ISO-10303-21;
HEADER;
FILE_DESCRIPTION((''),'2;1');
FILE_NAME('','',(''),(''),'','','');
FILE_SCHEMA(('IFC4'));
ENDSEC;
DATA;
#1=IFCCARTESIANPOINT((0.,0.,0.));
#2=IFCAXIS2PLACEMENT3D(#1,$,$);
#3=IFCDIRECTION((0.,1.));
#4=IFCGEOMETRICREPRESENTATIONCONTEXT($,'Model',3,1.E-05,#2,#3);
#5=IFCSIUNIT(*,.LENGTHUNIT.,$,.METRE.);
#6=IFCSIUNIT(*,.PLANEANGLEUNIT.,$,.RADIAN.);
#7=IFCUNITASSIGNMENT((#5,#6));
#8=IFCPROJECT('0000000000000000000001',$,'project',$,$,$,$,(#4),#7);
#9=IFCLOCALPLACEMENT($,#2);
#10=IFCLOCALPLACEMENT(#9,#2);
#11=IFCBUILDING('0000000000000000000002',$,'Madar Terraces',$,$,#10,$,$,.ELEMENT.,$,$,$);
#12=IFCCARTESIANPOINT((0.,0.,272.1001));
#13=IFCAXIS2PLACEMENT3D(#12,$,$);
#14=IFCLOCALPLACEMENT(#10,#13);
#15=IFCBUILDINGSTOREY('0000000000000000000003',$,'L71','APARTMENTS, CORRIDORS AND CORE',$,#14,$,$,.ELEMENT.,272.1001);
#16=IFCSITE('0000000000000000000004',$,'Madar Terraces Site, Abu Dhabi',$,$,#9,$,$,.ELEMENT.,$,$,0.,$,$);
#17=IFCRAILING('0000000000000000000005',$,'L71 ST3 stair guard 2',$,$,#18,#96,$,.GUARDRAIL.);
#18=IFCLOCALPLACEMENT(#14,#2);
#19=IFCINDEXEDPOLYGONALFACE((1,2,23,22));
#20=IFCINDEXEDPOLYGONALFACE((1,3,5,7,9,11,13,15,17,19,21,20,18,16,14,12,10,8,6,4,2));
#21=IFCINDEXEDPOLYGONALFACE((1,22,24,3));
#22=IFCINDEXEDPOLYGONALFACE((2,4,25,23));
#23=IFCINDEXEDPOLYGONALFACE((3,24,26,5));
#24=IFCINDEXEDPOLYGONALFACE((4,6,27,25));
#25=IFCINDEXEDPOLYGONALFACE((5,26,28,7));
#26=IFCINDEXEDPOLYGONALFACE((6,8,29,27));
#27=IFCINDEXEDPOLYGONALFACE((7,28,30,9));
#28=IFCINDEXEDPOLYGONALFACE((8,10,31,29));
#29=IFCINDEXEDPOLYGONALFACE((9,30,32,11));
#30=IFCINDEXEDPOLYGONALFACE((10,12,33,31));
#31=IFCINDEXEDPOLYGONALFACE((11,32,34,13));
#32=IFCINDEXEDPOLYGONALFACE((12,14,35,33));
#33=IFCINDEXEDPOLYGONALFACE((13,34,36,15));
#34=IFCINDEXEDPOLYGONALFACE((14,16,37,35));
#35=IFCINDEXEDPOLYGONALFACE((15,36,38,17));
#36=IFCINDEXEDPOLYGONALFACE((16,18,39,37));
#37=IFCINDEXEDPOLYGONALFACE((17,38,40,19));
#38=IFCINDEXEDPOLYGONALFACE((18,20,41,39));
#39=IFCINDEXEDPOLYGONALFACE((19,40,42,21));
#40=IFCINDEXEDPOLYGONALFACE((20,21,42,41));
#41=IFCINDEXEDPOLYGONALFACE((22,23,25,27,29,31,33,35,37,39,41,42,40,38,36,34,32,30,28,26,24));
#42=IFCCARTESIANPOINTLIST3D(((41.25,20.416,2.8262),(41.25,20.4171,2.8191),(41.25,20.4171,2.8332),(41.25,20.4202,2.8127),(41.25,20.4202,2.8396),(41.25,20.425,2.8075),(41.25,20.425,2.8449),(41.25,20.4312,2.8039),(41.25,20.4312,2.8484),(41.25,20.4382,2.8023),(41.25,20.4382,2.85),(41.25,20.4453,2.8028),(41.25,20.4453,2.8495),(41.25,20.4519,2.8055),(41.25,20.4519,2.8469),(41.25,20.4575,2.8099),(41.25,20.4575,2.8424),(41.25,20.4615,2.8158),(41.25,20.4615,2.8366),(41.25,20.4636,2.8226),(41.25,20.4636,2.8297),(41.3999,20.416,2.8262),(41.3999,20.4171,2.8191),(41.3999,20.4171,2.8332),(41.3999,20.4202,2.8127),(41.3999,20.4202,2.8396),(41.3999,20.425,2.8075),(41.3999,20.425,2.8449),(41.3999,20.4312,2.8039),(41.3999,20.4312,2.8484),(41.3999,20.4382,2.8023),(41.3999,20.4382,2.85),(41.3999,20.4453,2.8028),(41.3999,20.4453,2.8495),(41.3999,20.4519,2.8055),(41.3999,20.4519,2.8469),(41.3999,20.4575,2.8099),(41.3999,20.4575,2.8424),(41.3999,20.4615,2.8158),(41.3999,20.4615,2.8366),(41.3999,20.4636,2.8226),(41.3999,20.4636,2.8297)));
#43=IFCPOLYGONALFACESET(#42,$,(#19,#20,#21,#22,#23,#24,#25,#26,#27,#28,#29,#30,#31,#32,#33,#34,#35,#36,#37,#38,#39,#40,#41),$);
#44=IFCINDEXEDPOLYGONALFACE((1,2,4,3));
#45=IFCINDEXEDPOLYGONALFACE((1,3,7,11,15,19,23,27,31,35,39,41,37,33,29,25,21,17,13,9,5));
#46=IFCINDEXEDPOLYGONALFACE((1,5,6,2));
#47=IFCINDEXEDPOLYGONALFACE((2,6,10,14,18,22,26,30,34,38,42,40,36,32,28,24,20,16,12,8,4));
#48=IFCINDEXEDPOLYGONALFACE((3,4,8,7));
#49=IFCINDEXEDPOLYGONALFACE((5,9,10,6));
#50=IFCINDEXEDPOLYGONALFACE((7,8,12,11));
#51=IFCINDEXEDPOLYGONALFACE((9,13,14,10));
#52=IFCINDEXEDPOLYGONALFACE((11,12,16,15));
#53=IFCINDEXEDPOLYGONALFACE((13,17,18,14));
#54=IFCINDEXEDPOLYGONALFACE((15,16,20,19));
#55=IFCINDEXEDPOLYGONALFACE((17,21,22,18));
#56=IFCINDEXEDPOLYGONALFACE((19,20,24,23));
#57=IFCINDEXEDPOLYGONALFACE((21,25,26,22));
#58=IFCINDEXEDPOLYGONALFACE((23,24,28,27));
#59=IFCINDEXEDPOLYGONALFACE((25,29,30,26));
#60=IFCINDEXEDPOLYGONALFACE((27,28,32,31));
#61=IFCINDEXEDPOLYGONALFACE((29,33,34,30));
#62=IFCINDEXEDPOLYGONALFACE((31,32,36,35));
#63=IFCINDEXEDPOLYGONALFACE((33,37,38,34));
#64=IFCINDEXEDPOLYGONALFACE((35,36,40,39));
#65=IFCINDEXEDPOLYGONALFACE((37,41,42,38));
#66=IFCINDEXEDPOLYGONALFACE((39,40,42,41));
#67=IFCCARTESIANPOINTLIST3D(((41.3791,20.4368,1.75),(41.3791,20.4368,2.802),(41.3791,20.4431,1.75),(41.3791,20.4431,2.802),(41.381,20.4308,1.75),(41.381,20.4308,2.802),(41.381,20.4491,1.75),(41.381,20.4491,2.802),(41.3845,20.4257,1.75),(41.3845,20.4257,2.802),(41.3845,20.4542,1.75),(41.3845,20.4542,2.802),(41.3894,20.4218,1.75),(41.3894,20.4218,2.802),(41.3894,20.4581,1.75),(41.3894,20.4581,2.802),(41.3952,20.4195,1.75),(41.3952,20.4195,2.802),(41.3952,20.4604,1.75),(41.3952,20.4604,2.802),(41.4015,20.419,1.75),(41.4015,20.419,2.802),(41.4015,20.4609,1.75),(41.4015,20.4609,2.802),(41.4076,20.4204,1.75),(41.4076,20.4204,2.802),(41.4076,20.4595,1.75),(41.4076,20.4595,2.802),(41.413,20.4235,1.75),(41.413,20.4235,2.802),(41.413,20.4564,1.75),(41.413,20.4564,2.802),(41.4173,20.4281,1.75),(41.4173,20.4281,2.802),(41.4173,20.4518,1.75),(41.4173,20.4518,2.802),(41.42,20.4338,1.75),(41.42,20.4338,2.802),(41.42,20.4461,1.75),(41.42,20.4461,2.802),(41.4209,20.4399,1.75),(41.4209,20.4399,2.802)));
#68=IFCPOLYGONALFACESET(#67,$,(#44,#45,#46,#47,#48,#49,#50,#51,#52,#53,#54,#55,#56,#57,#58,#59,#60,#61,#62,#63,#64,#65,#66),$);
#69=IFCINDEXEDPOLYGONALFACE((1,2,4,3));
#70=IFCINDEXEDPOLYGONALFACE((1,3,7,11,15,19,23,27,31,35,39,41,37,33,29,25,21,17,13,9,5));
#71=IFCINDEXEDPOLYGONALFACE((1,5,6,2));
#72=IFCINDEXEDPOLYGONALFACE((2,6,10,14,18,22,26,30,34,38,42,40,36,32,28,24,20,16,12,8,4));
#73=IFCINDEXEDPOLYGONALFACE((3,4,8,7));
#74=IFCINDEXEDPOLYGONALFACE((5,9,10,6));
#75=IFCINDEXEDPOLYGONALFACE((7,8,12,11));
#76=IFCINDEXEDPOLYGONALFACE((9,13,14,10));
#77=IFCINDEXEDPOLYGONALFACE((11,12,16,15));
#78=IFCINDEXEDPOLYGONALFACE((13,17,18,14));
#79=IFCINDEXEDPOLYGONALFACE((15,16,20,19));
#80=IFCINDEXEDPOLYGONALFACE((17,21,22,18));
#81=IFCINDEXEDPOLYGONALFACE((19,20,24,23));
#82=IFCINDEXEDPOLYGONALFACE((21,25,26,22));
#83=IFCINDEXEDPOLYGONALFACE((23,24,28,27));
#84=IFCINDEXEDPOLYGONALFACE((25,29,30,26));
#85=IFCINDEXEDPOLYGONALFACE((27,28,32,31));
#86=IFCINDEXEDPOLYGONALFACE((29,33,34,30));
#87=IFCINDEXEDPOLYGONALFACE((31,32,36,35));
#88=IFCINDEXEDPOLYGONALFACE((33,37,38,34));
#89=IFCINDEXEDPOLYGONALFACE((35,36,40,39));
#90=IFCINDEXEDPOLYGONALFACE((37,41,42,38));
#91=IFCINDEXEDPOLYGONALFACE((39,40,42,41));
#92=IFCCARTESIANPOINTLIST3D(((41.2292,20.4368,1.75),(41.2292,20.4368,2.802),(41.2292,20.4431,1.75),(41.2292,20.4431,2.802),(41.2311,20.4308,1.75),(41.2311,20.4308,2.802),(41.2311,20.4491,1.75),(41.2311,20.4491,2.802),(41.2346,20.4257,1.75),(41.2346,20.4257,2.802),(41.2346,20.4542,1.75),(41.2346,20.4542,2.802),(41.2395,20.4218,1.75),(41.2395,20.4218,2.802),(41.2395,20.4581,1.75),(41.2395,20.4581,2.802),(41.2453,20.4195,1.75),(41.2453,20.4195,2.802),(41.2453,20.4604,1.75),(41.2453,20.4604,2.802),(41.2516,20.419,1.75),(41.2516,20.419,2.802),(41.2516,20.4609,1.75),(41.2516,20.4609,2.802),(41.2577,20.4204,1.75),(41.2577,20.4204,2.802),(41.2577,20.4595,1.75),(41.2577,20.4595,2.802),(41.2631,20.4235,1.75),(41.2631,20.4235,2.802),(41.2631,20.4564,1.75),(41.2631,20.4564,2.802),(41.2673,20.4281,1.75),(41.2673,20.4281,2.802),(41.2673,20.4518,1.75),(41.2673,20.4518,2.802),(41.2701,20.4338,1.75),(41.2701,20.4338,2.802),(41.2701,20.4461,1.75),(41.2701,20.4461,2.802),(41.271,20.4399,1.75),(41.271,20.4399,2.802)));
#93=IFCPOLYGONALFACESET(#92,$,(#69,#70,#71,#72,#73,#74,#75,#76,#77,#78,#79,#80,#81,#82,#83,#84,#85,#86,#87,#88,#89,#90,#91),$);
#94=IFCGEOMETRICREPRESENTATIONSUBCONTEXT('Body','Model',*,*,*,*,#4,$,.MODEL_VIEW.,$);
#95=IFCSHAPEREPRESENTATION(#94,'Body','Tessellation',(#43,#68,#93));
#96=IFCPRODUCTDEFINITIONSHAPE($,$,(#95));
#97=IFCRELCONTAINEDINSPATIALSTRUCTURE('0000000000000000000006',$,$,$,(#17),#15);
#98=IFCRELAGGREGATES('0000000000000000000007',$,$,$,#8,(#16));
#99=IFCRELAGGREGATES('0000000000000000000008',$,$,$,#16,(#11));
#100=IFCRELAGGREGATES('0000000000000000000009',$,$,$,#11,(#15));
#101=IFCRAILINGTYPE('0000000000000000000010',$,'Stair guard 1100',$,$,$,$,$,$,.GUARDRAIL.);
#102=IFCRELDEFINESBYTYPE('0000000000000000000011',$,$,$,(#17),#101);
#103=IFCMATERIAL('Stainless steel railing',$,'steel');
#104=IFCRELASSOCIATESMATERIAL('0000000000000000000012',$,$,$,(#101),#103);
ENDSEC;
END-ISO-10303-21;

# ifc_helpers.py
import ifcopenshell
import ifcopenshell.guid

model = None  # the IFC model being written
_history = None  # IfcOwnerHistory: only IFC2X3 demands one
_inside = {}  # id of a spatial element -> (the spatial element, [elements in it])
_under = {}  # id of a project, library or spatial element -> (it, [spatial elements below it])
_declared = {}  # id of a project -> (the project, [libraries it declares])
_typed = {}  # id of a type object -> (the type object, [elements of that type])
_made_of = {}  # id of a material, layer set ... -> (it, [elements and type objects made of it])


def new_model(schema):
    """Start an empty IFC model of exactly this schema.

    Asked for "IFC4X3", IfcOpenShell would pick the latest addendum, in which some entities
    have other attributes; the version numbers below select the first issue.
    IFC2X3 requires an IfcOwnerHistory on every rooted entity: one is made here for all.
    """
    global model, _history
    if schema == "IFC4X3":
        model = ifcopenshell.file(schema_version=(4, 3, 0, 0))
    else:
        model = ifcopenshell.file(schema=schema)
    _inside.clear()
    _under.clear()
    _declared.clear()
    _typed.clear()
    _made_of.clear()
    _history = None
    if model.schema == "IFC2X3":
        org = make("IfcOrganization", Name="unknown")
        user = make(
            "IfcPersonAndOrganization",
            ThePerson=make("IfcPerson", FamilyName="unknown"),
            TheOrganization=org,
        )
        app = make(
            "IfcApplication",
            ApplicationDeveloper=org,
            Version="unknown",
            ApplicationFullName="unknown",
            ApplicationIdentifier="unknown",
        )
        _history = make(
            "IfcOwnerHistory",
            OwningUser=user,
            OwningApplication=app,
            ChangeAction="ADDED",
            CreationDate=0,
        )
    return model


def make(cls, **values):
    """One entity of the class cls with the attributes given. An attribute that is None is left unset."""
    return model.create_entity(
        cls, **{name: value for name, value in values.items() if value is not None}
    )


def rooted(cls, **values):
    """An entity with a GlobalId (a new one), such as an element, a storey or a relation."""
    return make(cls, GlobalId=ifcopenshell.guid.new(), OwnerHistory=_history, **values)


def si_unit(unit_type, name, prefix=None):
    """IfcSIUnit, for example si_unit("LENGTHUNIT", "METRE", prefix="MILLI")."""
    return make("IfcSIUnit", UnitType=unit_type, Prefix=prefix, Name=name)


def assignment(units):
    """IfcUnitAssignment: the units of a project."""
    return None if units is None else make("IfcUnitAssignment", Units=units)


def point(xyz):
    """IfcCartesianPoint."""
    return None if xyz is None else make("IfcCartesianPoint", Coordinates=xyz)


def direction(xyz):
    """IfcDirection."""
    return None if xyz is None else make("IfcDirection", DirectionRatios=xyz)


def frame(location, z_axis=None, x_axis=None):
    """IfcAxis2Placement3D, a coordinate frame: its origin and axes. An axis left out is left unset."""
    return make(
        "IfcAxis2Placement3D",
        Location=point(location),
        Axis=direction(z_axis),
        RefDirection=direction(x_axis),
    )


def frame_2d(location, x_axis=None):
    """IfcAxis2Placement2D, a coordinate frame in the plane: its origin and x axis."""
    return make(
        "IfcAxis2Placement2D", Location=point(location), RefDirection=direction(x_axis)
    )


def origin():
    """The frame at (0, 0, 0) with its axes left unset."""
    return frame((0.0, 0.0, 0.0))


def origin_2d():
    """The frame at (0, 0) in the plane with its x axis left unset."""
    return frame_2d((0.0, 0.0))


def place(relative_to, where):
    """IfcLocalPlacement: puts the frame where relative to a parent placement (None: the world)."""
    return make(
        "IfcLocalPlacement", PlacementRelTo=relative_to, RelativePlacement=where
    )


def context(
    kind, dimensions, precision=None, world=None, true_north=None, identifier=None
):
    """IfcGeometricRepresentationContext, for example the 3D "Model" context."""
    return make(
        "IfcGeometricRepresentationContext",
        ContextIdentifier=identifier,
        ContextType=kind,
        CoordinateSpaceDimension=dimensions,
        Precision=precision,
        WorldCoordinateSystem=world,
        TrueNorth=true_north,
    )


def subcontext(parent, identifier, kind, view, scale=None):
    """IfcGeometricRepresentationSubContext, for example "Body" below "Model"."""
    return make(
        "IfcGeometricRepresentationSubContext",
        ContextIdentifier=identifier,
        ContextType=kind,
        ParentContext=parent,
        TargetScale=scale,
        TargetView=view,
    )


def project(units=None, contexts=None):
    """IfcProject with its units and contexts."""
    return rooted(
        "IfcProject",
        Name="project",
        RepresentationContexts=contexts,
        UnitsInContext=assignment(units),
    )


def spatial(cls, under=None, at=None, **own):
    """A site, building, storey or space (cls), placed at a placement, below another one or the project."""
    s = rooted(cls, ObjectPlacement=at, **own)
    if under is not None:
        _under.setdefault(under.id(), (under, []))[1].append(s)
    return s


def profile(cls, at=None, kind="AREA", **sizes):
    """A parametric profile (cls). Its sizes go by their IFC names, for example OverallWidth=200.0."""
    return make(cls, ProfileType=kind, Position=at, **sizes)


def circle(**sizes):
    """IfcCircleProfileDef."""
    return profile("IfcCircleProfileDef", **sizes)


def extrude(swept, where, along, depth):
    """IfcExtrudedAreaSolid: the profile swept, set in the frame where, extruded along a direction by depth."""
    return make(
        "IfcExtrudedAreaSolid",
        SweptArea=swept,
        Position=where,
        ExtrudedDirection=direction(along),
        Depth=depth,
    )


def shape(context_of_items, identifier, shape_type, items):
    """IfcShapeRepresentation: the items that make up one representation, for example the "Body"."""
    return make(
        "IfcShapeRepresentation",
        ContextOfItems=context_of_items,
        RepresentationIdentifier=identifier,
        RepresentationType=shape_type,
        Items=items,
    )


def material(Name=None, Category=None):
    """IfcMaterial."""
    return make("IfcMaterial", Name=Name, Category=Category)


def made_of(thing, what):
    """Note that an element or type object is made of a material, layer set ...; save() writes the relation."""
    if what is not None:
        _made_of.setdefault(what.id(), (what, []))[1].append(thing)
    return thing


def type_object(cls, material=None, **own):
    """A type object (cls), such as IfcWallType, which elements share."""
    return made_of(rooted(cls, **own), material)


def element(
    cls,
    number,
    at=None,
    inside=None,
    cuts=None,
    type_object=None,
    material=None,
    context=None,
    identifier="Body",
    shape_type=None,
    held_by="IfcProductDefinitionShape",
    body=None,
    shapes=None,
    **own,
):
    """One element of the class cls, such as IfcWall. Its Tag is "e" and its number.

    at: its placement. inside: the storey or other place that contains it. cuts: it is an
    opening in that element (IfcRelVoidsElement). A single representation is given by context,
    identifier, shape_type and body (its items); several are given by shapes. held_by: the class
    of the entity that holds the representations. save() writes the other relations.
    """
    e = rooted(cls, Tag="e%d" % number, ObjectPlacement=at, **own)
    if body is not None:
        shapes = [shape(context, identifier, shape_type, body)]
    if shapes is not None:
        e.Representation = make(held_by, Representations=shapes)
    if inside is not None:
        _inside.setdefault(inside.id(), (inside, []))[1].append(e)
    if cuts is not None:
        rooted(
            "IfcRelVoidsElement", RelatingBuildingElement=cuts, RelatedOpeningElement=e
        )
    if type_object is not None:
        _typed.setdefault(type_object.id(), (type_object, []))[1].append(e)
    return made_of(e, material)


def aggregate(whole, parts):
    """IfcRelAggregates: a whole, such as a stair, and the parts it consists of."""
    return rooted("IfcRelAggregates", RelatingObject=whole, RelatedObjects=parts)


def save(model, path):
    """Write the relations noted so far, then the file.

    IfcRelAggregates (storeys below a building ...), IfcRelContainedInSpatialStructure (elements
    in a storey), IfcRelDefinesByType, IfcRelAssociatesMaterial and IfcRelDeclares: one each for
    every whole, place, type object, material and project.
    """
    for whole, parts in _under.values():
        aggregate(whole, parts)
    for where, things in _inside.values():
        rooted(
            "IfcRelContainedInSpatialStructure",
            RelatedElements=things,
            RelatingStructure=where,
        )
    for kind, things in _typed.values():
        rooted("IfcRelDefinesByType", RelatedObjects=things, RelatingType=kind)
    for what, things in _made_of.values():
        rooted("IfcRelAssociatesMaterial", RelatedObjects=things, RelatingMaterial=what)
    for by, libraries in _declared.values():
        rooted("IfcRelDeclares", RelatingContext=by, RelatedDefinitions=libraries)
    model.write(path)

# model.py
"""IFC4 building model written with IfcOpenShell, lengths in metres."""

from ifc_helpers import new_model, si_unit, direction, frame, origin, origin_2d, place, context, subcontext, project, spatial, circle, extrude, material, type_object, element, save


model = new_model("IFC4")

# Units and contexts
model_context = context("Model", 3, precision=1e-05, world=origin(), true_north=direction((0.0, 1.0)))
body_context = subcontext(model_context, "Body", "Model", "MODEL_VIEW")
ifc_project = project(units=[si_unit("LENGTHUNIT", "METRE"), si_unit("PLANEANGLEUNIT", "RADIAN")], contexts=[model_context])

# Site, building, storey
site_placement = place(None, origin())
site = spatial("IfcSite", under=ifc_project, at=site_placement, Name="Madar Terraces Site, Abu Dhabi", CompositionType="ELEMENT", RefElevation=0.0)
building_placement = place(site_placement, origin())
building = spatial("IfcBuilding", under=site, at=building_placement, Name="Madar Terraces", CompositionType="ELEMENT")
storey_placement = place(building_placement, frame((0.0, 0.0, 272.1001)))
storey = spatial("IfcBuildingStorey", under=building, at=storey_placement, Name="L71", Description="APARTMENTS, CORRIDORS AND CORE", CompositionType="ELEMENT", Elevation=272.1001)

# Railing
ifc_material_1 = material(Name="Stainless steel railing", Category="steel")
railing_type_1 = type_object("IfcRailingType", Name="Stair guard 1100", PredefinedType="GUARDRAIL", material=ifc_material_1)
railing_1_placement = place(storey_placement, frame((41.3999, 20.4399, 1.75)))
element("IfcRailing", 1, at=railing_1_placement, inside=storey, type_object=railing_type_1, Name="L71 ST3 stair guard 2", PredefinedType="GUARDRAIL", context=body_context, shape_type="SweptSolid", body=[
    extrude(circle(Radius=0.0239, at=origin_2d()), frame((0.0, 0.0, 1.0762), z_axis=(-1.0, 0.0, 0.0), x_axis=(0.0, -1.0, 0.0)), (0.0, 0.0, 1.0), 0.1499),
    extrude(circle(Radius=0.021, at=origin_2d()), origin(), (0.0, 0.0, 1.0), 1.052),
    extrude(circle(Radius=0.021, at=origin_2d()), frame((-0.1499, 0.0, 0.0)), (0.0, 0.0, 1.0), 1.052),
])

save(model, "model.ifc")
